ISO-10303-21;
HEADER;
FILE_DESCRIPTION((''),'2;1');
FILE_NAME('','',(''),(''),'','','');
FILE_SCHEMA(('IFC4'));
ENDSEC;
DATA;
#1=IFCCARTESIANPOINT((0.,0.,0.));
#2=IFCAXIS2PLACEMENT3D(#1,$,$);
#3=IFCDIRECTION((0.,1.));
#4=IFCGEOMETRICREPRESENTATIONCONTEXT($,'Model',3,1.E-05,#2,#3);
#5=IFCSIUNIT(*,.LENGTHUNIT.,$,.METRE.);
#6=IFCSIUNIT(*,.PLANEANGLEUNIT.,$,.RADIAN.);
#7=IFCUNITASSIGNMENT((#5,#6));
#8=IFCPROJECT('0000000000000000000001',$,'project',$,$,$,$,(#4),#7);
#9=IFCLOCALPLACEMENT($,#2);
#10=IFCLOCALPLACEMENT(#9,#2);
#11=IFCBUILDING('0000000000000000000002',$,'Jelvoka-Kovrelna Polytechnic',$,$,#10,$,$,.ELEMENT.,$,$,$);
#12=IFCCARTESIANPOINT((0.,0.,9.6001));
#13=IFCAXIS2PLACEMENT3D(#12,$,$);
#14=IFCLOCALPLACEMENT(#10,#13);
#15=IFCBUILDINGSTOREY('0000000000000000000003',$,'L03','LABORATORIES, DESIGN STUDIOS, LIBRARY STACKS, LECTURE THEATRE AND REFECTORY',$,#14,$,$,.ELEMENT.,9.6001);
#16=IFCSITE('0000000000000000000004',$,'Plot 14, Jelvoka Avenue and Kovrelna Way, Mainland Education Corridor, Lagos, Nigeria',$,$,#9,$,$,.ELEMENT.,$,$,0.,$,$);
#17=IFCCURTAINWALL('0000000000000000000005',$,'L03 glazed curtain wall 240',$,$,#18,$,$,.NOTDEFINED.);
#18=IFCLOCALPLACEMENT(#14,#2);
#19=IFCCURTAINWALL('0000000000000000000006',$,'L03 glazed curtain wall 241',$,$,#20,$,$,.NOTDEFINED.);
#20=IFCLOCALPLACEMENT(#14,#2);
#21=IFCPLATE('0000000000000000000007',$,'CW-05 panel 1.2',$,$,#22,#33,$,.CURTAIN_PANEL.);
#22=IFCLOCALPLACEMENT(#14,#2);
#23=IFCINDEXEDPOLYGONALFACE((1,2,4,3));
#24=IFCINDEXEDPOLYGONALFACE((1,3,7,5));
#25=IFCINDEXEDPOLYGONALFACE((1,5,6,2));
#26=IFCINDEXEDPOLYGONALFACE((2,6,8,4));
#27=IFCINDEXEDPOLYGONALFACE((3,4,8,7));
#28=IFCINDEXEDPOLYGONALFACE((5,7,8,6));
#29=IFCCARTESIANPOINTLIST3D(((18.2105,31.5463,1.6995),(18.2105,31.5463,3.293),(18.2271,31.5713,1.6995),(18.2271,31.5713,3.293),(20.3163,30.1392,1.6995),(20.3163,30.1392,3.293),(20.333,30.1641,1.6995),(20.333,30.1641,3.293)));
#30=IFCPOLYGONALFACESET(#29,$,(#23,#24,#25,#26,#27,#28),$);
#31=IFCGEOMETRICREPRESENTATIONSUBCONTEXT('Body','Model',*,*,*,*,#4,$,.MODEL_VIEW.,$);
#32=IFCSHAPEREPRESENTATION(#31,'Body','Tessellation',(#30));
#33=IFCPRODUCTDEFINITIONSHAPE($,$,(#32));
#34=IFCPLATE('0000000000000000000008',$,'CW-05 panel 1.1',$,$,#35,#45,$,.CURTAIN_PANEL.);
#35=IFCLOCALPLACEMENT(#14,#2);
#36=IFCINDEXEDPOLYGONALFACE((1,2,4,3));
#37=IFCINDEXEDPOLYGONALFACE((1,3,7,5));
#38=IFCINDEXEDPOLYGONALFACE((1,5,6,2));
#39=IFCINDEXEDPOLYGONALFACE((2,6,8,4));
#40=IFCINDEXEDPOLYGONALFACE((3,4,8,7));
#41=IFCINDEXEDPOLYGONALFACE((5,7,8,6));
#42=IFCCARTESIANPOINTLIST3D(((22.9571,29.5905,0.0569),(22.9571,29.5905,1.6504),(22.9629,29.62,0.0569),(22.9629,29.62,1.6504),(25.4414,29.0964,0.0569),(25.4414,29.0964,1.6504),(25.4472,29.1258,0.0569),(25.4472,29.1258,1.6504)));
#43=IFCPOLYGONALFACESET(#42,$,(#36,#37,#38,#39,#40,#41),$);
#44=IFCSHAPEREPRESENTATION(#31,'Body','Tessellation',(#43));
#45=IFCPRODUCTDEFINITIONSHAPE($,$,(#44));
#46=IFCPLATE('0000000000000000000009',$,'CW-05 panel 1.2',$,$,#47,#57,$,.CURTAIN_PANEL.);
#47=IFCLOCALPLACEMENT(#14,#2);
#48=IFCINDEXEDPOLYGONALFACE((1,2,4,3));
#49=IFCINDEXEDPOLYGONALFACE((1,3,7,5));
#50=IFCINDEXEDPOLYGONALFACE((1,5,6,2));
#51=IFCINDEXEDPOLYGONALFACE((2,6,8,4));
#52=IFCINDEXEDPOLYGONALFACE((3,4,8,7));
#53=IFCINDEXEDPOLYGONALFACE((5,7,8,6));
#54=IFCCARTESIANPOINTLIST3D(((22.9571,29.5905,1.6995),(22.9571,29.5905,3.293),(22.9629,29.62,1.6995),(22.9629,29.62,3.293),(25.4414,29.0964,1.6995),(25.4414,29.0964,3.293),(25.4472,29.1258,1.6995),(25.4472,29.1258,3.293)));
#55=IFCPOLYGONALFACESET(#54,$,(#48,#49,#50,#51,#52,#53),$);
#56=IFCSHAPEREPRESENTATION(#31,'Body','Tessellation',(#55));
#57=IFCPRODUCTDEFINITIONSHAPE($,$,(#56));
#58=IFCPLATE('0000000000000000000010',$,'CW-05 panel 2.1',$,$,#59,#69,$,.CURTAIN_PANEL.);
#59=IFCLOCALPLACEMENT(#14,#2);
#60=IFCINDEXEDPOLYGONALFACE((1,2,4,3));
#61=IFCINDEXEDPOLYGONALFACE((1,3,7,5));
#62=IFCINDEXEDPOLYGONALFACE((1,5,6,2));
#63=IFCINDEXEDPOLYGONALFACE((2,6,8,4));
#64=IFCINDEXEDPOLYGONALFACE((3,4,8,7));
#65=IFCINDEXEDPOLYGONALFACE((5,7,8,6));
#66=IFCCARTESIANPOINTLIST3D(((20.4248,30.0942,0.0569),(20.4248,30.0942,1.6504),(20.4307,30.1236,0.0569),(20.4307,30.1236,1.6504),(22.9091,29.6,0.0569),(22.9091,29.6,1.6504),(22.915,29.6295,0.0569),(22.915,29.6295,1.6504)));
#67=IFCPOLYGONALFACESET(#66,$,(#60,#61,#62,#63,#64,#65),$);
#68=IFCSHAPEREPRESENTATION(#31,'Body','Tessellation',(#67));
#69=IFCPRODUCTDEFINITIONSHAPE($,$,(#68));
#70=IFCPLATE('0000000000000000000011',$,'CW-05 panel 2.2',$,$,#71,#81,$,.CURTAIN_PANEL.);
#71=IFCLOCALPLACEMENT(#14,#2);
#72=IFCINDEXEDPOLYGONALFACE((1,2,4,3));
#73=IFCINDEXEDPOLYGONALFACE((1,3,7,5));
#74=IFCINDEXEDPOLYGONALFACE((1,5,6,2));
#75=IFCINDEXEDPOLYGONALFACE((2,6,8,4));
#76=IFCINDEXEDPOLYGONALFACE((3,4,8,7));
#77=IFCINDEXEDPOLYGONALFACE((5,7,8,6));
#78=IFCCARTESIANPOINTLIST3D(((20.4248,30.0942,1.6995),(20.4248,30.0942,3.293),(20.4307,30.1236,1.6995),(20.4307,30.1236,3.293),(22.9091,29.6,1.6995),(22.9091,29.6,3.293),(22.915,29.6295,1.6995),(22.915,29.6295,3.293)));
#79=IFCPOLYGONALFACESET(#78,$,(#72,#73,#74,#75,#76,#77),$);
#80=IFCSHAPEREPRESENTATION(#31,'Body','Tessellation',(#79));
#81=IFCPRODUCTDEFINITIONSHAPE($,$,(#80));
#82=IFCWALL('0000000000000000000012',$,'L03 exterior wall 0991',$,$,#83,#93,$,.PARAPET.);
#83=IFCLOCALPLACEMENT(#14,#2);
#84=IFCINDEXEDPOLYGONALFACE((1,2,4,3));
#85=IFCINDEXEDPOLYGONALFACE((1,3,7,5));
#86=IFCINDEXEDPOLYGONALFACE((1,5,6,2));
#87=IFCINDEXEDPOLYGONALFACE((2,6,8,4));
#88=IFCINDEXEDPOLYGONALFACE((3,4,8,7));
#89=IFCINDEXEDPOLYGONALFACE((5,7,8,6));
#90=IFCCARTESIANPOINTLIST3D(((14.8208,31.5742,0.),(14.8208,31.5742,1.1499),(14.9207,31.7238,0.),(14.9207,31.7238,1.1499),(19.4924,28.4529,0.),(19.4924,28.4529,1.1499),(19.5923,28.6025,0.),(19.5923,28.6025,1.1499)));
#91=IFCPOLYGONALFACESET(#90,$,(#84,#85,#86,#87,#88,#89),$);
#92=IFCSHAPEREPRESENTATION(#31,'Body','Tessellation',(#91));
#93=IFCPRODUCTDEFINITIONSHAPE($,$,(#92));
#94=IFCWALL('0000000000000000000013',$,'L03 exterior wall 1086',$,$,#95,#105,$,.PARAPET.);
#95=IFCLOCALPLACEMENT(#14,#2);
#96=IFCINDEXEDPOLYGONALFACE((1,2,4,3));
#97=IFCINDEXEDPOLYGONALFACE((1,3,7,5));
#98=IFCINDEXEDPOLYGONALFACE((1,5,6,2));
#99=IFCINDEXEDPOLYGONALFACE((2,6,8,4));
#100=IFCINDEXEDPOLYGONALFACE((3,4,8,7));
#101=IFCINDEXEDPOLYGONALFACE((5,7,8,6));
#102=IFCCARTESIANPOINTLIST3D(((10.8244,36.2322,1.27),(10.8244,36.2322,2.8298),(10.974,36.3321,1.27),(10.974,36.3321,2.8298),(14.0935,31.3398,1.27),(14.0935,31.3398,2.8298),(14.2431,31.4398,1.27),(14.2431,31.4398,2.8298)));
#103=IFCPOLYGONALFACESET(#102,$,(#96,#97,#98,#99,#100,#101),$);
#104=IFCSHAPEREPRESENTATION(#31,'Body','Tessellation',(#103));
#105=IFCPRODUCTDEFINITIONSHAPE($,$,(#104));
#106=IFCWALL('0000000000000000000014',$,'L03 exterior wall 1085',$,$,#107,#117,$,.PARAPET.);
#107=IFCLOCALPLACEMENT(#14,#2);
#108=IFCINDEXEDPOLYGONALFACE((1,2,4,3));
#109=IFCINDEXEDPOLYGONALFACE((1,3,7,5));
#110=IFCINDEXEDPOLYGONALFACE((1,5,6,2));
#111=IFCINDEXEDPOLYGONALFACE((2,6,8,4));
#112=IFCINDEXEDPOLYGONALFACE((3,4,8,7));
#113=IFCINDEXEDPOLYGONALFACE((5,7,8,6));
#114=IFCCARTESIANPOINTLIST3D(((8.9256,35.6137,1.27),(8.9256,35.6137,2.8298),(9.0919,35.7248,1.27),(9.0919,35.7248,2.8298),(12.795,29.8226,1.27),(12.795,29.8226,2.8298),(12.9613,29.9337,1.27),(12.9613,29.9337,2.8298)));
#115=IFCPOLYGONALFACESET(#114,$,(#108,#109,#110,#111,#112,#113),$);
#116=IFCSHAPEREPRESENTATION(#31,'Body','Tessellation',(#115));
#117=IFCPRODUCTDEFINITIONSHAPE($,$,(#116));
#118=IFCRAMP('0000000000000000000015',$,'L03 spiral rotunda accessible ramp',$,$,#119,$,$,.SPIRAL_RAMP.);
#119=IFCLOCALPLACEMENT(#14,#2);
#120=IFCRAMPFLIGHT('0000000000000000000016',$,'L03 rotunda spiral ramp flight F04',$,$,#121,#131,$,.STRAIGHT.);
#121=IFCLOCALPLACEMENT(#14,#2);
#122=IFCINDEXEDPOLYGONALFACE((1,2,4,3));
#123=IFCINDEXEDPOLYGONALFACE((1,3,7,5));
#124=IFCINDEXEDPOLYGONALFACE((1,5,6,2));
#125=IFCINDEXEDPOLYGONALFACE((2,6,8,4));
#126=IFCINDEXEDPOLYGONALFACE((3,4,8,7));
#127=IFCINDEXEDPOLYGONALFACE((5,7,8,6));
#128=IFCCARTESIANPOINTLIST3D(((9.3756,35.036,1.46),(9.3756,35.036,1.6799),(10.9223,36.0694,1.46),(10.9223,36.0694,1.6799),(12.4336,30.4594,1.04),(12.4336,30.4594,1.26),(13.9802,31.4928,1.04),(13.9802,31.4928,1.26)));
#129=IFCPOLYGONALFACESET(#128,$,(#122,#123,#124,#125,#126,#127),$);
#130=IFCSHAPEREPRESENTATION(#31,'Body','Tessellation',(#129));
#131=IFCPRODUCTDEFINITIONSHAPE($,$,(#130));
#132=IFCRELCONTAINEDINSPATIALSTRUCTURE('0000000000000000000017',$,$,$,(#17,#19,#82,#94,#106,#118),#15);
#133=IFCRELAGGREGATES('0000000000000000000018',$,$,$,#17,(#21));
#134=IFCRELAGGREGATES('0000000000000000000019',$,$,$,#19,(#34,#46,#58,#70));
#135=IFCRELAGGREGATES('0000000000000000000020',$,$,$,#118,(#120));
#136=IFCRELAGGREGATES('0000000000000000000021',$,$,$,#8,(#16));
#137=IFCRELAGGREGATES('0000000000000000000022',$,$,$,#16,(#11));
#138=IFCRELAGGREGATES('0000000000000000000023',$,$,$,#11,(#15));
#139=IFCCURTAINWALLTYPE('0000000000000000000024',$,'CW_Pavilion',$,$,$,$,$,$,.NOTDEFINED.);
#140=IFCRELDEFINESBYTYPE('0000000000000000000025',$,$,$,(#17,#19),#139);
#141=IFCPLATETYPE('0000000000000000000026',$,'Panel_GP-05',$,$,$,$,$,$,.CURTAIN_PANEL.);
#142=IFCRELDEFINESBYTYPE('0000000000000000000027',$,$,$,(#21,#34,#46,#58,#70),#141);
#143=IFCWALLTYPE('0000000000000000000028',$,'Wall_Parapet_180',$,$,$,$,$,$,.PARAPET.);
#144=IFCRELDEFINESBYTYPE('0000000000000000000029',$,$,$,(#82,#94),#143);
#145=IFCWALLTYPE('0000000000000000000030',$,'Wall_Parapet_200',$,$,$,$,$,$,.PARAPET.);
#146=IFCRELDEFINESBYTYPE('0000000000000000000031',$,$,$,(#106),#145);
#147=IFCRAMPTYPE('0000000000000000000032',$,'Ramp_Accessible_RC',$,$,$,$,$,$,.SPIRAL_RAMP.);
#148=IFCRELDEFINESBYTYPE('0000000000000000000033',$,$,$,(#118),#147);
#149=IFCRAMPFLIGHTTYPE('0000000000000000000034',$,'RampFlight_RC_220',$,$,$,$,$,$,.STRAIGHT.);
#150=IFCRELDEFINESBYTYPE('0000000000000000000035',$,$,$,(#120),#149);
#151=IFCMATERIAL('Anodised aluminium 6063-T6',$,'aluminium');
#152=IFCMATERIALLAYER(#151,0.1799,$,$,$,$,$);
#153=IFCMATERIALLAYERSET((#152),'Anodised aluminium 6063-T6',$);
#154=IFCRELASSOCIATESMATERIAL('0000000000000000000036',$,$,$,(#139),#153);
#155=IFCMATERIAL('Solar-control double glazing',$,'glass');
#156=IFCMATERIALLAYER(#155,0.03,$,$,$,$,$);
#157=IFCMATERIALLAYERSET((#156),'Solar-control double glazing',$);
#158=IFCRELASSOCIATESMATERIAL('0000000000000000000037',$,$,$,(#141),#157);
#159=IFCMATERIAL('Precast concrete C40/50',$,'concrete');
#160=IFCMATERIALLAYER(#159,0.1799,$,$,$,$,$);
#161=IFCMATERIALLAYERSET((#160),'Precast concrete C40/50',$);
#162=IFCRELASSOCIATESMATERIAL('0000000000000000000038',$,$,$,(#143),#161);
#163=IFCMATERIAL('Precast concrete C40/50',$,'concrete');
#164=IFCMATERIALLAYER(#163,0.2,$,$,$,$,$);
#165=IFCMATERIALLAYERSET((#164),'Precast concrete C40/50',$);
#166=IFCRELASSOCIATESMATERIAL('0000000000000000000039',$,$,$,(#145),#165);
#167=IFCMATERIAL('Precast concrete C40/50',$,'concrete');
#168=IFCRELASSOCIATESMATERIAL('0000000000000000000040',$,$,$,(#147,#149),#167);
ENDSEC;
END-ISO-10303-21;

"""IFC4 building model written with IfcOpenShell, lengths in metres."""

from ifc_helpers import new_model, si_unit, direction, frame, frame_2d, origin, origin_2d, place, context, subcontext, project, spatial, polyline, rectangle, outline, extrude, material, layer, layer_set, type_object, element, aggregate, save


model = new_model("IFC4")

# Units and contexts
model_context = context("Model", 3, precision=1e-05, world=origin(), true_north=direction((0.0, 1.0)))
body_context = subcontext(model_context, "Body", "Model", "MODEL_VIEW")
ifc_project = project(units=[si_unit("LENGTHUNIT", "METRE"), si_unit("PLANEANGLEUNIT", "RADIAN")], contexts=[model_context])

# Site, building, storey
site_placement = place(None, origin())
site = spatial("IfcSite", under=ifc_project, at=site_placement, Name="Plot 14, Jelvoka Avenue and Kovrelna Way, Mainland Education Corridor, Lagos, Nigeria", CompositionType="ELEMENT", RefElevation=0.0)
building_placement = place(site_placement, origin())
building = spatial("IfcBuilding", under=site, at=building_placement, Name="Jelvoka-Kovrelna Polytechnic", CompositionType="ELEMENT")
storey_placement = place(building_placement, frame((0.0, 0.0, 9.6001)))
storey = spatial("IfcBuildingStorey", under=building, at=storey_placement, Name="L03", Description="LABORATORIES, DESIGN STUDIOS, LIBRARY STACKS, LECTURE THEATRE AND REFECTORY", CompositionType="ELEMENT", Elevation=9.6001)

# Curtain walls
ifc_material_1 = material(Name="Anodised aluminium 6063-T6", Category="aluminium")
ifc_layer_1 = layer(ifc_material_1, 0.1799)
ifc_layer_set_1 = layer_set([ifc_layer_1], Name="Anodised aluminium 6063-T6")
curtain_wall_type = type_object("IfcCurtainWallType", Name="CW_Pavilion", PredefinedType="NOTDEFINED", material=ifc_layer_set_1)
curtain_wall_1_placement = place(storey_placement, origin())
curtain_wall_1 = element("IfcCurtainWall", 1, at=curtain_wall_1_placement, inside=storey, type_object=curtain_wall_type, Name="L03 glazed curtain wall 240", PredefinedType="NOTDEFINED")
curtain_wall_2_placement = place(storey_placement, origin())
curtain_wall_2 = element("IfcCurtainWall", 2, at=curtain_wall_2_placement, inside=storey, type_object=curtain_wall_type, Name="L03 glazed curtain wall 241", PredefinedType="NOTDEFINED")

# Plates
ifc_material_2 = material(Name="Solar-control double glazing", Category="glass")
ifc_layer_2 = layer(ifc_material_2, 0.03)
ifc_layer_set_2 = layer_set([ifc_layer_2], Name="Solar-control double glazing")
plate_type = type_object("IfcPlateType", Name="Panel_GP-05", PredefinedType="CURTAIN_PANEL", material=ifc_layer_set_2)
plate_1_placement = place(storey_placement, frame((19.2717, 30.8552, 1.6995), z_axis=(0.0, 0.0, 1.0), x_axis=(-0.831461, 0.555583, 0.0)))
plate_1 = element("IfcPlate", 3, at=plate_1_placement, type_object=plate_type, Name="CW-05 panel 1.2", PredefinedType="CURTAIN_PANEL", context=body_context, shape_type="SweptSolid", body=[
    extrude(rectangle(XDim=2.5327, YDim=0.03, at=origin_2d()), origin(), (0.0, 0.0, 1.0), 1.5935),
])
aggregate(curtain_wall_1, [plate_1])
plate_2_placement = place(storey_placement, frame((24.2021, 29.3582, 0.0569), z_axis=(0.0, 0.0, 1.0), x_axis=(-0.980786, 0.195086, 0.0)))
plate_2 = element("IfcPlate", 4, at=plate_2_placement, type_object=plate_type, Name="CW-05 panel 1.1", PredefinedType="CURTAIN_PANEL", context=body_context, shape_type="SweptSolid", body=[
    extrude(rectangle(XDim=2.533, YDim=0.03, at=origin_2d()), origin(), (0.0, 0.0, 1.0), 1.5935),
])
plate_3_placement = place(storey_placement, frame((24.2021, 29.3582, 1.6995), z_axis=(0.0, 0.0, 1.0), x_axis=(-0.980786, 0.195086, 0.0)))
plate_3 = element("IfcPlate", 5, at=plate_3_placement, type_object=plate_type, Name="CW-05 panel 1.2", PredefinedType="CURTAIN_PANEL", context=body_context, shape_type="SweptSolid", body=[
    extrude(rectangle(XDim=2.533, YDim=0.03, at=origin_2d()), origin(), (0.0, 0.0, 1.0), 1.5935),
])
plate_4_placement = place(storey_placement, frame((21.6699, 29.8618, 0.0569), z_axis=(0.0, 0.0, 1.0), x_axis=(-0.980786, 0.195086, 0.0)))
plate_4 = element("IfcPlate", 6, at=plate_4_placement, type_object=plate_type, Name="CW-05 panel 2.1", PredefinedType="CURTAIN_PANEL", context=body_context, shape_type="SweptSolid", body=[
    extrude(rectangle(XDim=2.533, YDim=0.03, at=origin_2d()), origin(), (0.0, 0.0, 1.0), 1.5935),
])
plate_5_placement = place(storey_placement, frame((21.6699, 29.8618, 1.6995), z_axis=(0.0, 0.0, 1.0), x_axis=(-0.980786, 0.195086, 0.0)))
plate_5 = element("IfcPlate", 7, at=plate_5_placement, type_object=plate_type, Name="CW-05 panel 2.2", PredefinedType="CURTAIN_PANEL", context=body_context, shape_type="SweptSolid", body=[
    extrude(rectangle(XDim=2.533, YDim=0.03, at=origin_2d()), origin(), (0.0, 0.0, 1.0), 1.5935),
])
aggregate(curtain_wall_2, [plate_2, plate_3, plate_4, plate_5])

# Walls
ifc_material_3 = material(Name="Precast concrete C40/50", Category="concrete")
ifc_layer_3 = layer(ifc_material_3, 0.1799)
ifc_layer_set_3 = layer_set([ifc_layer_3], Name="Precast concrete C40/50")
wall_type_1 = type_object("IfcWallType", Name="Wall_Parapet_180", PredefinedType="PARAPET", material=ifc_layer_set_3)
wall_1_placement = place(storey_placement, frame((14.8708, 31.6489, 0.0), z_axis=(0.0, 0.0, 1.0), x_axis=(0.831482, -0.555552, 0.0)))
element("IfcWall", 8, at=wall_1_placement, inside=storey, type_object=wall_type_1, Name="L03 exterior wall 0991", PredefinedType="PARAPET", context=body_context, shape_type="SweptSolid", body=[
    extrude(rectangle(XDim=5.6184, YDim=0.1799, at=frame_2d((2.8091, 0.0))), origin(), (0.0, 0.0, 1.0), 1.1499),
])
wall_2_placement = place(storey_placement, frame((14.1682, 31.3899, 1.27), z_axis=(0.0, 0.0, 1.0), x_axis=(-0.555581, 0.831463, 0.0)))
element("IfcWall", 9, at=wall_2_placement, inside=storey, type_object=wall_type_1, Name="L03 exterior wall 1086", PredefinedType="PARAPET", context=body_context, shape_type="SweptSolid", body=[
    extrude(rectangle(XDim=5.884, YDim=0.1799, at=frame_2d((2.9419, 0.0))), origin(), (0.0, 0.0, 1.0), 1.5598),
])
ifc_material_4 = material(Name="Precast concrete C40/50", Category="concrete")
ifc_layer_4 = layer(ifc_material_4, 0.2)
ifc_layer_set_4 = layer_set([ifc_layer_4], Name="Precast concrete C40/50")
wall_type_2 = type_object("IfcWallType", Name="Wall_Parapet_200", PredefinedType="PARAPET", material=ifc_layer_set_4)
wall_3_placement = place(storey_placement, frame((12.8782, 29.8782, 1.27), z_axis=(0.0, 0.0, 1.0), x_axis=(-0.555565, 0.831473, 0.0)))
element("IfcWall", 10, at=wall_3_placement, inside=storey, type_object=wall_type_2, Name="L03 exterior wall 1085", PredefinedType="PARAPET", context=body_context, shape_type="SweptSolid", body=[
    extrude(rectangle(XDim=6.9648, YDim=0.2, at=frame_2d((3.4824, 0.0))), origin(), (0.0, 0.0, 1.0), 1.5598),
])

# Ramp, ramp flight
ifc_material_5 = material(Name="Precast concrete C40/50", Category="concrete")
ramp_type = type_object("IfcRampType", Name="Ramp_Accessible_RC", PredefinedType="SPIRAL_RAMP", material=ifc_material_5)
ramp_placement = place(storey_placement, origin())
ramp = element("IfcRamp", 11, at=ramp_placement, inside=storey, type_object=ramp_type, Name="L03 spiral rotunda accessible ramp", PredefinedType="SPIRAL_RAMP")
ramp_flight_type = type_object("IfcRampFlightType", Name="RampFlight_RC_220", PredefinedType="STRAIGHT", material=ifc_material_5)
ramp_flight_placement = place(None, frame((13.2068, 30.9761, 10.8601), z_axis=(0.0, 0.0, 1.0), x_axis=(-0.555568, 0.831471, 0.0)))
ramp_flight = element("IfcRampFlight", 12, at=ramp_flight_placement, type_object=ramp_flight_type, Name="L03 rotunda spiral ramp flight F04", PredefinedType="STRAIGHT", context=body_context, shape_type="SweptSolid", body=[
    extrude(outline(polyline([(0.0, 0.0), (5.5042, 0.4199), (5.5042, 0.2), (0.0, -0.22), (0.0, 0.0)])), frame((0.0, 0.9299, 0.0), z_axis=(0.0, -1.0, 0.0), x_axis=(1.0, 0.0, 0.0)), (0.0, 0.0, 1.0), 1.8601),
])
aggregate(ramp, [ramp_flight])

save(model, "model.ifc")
